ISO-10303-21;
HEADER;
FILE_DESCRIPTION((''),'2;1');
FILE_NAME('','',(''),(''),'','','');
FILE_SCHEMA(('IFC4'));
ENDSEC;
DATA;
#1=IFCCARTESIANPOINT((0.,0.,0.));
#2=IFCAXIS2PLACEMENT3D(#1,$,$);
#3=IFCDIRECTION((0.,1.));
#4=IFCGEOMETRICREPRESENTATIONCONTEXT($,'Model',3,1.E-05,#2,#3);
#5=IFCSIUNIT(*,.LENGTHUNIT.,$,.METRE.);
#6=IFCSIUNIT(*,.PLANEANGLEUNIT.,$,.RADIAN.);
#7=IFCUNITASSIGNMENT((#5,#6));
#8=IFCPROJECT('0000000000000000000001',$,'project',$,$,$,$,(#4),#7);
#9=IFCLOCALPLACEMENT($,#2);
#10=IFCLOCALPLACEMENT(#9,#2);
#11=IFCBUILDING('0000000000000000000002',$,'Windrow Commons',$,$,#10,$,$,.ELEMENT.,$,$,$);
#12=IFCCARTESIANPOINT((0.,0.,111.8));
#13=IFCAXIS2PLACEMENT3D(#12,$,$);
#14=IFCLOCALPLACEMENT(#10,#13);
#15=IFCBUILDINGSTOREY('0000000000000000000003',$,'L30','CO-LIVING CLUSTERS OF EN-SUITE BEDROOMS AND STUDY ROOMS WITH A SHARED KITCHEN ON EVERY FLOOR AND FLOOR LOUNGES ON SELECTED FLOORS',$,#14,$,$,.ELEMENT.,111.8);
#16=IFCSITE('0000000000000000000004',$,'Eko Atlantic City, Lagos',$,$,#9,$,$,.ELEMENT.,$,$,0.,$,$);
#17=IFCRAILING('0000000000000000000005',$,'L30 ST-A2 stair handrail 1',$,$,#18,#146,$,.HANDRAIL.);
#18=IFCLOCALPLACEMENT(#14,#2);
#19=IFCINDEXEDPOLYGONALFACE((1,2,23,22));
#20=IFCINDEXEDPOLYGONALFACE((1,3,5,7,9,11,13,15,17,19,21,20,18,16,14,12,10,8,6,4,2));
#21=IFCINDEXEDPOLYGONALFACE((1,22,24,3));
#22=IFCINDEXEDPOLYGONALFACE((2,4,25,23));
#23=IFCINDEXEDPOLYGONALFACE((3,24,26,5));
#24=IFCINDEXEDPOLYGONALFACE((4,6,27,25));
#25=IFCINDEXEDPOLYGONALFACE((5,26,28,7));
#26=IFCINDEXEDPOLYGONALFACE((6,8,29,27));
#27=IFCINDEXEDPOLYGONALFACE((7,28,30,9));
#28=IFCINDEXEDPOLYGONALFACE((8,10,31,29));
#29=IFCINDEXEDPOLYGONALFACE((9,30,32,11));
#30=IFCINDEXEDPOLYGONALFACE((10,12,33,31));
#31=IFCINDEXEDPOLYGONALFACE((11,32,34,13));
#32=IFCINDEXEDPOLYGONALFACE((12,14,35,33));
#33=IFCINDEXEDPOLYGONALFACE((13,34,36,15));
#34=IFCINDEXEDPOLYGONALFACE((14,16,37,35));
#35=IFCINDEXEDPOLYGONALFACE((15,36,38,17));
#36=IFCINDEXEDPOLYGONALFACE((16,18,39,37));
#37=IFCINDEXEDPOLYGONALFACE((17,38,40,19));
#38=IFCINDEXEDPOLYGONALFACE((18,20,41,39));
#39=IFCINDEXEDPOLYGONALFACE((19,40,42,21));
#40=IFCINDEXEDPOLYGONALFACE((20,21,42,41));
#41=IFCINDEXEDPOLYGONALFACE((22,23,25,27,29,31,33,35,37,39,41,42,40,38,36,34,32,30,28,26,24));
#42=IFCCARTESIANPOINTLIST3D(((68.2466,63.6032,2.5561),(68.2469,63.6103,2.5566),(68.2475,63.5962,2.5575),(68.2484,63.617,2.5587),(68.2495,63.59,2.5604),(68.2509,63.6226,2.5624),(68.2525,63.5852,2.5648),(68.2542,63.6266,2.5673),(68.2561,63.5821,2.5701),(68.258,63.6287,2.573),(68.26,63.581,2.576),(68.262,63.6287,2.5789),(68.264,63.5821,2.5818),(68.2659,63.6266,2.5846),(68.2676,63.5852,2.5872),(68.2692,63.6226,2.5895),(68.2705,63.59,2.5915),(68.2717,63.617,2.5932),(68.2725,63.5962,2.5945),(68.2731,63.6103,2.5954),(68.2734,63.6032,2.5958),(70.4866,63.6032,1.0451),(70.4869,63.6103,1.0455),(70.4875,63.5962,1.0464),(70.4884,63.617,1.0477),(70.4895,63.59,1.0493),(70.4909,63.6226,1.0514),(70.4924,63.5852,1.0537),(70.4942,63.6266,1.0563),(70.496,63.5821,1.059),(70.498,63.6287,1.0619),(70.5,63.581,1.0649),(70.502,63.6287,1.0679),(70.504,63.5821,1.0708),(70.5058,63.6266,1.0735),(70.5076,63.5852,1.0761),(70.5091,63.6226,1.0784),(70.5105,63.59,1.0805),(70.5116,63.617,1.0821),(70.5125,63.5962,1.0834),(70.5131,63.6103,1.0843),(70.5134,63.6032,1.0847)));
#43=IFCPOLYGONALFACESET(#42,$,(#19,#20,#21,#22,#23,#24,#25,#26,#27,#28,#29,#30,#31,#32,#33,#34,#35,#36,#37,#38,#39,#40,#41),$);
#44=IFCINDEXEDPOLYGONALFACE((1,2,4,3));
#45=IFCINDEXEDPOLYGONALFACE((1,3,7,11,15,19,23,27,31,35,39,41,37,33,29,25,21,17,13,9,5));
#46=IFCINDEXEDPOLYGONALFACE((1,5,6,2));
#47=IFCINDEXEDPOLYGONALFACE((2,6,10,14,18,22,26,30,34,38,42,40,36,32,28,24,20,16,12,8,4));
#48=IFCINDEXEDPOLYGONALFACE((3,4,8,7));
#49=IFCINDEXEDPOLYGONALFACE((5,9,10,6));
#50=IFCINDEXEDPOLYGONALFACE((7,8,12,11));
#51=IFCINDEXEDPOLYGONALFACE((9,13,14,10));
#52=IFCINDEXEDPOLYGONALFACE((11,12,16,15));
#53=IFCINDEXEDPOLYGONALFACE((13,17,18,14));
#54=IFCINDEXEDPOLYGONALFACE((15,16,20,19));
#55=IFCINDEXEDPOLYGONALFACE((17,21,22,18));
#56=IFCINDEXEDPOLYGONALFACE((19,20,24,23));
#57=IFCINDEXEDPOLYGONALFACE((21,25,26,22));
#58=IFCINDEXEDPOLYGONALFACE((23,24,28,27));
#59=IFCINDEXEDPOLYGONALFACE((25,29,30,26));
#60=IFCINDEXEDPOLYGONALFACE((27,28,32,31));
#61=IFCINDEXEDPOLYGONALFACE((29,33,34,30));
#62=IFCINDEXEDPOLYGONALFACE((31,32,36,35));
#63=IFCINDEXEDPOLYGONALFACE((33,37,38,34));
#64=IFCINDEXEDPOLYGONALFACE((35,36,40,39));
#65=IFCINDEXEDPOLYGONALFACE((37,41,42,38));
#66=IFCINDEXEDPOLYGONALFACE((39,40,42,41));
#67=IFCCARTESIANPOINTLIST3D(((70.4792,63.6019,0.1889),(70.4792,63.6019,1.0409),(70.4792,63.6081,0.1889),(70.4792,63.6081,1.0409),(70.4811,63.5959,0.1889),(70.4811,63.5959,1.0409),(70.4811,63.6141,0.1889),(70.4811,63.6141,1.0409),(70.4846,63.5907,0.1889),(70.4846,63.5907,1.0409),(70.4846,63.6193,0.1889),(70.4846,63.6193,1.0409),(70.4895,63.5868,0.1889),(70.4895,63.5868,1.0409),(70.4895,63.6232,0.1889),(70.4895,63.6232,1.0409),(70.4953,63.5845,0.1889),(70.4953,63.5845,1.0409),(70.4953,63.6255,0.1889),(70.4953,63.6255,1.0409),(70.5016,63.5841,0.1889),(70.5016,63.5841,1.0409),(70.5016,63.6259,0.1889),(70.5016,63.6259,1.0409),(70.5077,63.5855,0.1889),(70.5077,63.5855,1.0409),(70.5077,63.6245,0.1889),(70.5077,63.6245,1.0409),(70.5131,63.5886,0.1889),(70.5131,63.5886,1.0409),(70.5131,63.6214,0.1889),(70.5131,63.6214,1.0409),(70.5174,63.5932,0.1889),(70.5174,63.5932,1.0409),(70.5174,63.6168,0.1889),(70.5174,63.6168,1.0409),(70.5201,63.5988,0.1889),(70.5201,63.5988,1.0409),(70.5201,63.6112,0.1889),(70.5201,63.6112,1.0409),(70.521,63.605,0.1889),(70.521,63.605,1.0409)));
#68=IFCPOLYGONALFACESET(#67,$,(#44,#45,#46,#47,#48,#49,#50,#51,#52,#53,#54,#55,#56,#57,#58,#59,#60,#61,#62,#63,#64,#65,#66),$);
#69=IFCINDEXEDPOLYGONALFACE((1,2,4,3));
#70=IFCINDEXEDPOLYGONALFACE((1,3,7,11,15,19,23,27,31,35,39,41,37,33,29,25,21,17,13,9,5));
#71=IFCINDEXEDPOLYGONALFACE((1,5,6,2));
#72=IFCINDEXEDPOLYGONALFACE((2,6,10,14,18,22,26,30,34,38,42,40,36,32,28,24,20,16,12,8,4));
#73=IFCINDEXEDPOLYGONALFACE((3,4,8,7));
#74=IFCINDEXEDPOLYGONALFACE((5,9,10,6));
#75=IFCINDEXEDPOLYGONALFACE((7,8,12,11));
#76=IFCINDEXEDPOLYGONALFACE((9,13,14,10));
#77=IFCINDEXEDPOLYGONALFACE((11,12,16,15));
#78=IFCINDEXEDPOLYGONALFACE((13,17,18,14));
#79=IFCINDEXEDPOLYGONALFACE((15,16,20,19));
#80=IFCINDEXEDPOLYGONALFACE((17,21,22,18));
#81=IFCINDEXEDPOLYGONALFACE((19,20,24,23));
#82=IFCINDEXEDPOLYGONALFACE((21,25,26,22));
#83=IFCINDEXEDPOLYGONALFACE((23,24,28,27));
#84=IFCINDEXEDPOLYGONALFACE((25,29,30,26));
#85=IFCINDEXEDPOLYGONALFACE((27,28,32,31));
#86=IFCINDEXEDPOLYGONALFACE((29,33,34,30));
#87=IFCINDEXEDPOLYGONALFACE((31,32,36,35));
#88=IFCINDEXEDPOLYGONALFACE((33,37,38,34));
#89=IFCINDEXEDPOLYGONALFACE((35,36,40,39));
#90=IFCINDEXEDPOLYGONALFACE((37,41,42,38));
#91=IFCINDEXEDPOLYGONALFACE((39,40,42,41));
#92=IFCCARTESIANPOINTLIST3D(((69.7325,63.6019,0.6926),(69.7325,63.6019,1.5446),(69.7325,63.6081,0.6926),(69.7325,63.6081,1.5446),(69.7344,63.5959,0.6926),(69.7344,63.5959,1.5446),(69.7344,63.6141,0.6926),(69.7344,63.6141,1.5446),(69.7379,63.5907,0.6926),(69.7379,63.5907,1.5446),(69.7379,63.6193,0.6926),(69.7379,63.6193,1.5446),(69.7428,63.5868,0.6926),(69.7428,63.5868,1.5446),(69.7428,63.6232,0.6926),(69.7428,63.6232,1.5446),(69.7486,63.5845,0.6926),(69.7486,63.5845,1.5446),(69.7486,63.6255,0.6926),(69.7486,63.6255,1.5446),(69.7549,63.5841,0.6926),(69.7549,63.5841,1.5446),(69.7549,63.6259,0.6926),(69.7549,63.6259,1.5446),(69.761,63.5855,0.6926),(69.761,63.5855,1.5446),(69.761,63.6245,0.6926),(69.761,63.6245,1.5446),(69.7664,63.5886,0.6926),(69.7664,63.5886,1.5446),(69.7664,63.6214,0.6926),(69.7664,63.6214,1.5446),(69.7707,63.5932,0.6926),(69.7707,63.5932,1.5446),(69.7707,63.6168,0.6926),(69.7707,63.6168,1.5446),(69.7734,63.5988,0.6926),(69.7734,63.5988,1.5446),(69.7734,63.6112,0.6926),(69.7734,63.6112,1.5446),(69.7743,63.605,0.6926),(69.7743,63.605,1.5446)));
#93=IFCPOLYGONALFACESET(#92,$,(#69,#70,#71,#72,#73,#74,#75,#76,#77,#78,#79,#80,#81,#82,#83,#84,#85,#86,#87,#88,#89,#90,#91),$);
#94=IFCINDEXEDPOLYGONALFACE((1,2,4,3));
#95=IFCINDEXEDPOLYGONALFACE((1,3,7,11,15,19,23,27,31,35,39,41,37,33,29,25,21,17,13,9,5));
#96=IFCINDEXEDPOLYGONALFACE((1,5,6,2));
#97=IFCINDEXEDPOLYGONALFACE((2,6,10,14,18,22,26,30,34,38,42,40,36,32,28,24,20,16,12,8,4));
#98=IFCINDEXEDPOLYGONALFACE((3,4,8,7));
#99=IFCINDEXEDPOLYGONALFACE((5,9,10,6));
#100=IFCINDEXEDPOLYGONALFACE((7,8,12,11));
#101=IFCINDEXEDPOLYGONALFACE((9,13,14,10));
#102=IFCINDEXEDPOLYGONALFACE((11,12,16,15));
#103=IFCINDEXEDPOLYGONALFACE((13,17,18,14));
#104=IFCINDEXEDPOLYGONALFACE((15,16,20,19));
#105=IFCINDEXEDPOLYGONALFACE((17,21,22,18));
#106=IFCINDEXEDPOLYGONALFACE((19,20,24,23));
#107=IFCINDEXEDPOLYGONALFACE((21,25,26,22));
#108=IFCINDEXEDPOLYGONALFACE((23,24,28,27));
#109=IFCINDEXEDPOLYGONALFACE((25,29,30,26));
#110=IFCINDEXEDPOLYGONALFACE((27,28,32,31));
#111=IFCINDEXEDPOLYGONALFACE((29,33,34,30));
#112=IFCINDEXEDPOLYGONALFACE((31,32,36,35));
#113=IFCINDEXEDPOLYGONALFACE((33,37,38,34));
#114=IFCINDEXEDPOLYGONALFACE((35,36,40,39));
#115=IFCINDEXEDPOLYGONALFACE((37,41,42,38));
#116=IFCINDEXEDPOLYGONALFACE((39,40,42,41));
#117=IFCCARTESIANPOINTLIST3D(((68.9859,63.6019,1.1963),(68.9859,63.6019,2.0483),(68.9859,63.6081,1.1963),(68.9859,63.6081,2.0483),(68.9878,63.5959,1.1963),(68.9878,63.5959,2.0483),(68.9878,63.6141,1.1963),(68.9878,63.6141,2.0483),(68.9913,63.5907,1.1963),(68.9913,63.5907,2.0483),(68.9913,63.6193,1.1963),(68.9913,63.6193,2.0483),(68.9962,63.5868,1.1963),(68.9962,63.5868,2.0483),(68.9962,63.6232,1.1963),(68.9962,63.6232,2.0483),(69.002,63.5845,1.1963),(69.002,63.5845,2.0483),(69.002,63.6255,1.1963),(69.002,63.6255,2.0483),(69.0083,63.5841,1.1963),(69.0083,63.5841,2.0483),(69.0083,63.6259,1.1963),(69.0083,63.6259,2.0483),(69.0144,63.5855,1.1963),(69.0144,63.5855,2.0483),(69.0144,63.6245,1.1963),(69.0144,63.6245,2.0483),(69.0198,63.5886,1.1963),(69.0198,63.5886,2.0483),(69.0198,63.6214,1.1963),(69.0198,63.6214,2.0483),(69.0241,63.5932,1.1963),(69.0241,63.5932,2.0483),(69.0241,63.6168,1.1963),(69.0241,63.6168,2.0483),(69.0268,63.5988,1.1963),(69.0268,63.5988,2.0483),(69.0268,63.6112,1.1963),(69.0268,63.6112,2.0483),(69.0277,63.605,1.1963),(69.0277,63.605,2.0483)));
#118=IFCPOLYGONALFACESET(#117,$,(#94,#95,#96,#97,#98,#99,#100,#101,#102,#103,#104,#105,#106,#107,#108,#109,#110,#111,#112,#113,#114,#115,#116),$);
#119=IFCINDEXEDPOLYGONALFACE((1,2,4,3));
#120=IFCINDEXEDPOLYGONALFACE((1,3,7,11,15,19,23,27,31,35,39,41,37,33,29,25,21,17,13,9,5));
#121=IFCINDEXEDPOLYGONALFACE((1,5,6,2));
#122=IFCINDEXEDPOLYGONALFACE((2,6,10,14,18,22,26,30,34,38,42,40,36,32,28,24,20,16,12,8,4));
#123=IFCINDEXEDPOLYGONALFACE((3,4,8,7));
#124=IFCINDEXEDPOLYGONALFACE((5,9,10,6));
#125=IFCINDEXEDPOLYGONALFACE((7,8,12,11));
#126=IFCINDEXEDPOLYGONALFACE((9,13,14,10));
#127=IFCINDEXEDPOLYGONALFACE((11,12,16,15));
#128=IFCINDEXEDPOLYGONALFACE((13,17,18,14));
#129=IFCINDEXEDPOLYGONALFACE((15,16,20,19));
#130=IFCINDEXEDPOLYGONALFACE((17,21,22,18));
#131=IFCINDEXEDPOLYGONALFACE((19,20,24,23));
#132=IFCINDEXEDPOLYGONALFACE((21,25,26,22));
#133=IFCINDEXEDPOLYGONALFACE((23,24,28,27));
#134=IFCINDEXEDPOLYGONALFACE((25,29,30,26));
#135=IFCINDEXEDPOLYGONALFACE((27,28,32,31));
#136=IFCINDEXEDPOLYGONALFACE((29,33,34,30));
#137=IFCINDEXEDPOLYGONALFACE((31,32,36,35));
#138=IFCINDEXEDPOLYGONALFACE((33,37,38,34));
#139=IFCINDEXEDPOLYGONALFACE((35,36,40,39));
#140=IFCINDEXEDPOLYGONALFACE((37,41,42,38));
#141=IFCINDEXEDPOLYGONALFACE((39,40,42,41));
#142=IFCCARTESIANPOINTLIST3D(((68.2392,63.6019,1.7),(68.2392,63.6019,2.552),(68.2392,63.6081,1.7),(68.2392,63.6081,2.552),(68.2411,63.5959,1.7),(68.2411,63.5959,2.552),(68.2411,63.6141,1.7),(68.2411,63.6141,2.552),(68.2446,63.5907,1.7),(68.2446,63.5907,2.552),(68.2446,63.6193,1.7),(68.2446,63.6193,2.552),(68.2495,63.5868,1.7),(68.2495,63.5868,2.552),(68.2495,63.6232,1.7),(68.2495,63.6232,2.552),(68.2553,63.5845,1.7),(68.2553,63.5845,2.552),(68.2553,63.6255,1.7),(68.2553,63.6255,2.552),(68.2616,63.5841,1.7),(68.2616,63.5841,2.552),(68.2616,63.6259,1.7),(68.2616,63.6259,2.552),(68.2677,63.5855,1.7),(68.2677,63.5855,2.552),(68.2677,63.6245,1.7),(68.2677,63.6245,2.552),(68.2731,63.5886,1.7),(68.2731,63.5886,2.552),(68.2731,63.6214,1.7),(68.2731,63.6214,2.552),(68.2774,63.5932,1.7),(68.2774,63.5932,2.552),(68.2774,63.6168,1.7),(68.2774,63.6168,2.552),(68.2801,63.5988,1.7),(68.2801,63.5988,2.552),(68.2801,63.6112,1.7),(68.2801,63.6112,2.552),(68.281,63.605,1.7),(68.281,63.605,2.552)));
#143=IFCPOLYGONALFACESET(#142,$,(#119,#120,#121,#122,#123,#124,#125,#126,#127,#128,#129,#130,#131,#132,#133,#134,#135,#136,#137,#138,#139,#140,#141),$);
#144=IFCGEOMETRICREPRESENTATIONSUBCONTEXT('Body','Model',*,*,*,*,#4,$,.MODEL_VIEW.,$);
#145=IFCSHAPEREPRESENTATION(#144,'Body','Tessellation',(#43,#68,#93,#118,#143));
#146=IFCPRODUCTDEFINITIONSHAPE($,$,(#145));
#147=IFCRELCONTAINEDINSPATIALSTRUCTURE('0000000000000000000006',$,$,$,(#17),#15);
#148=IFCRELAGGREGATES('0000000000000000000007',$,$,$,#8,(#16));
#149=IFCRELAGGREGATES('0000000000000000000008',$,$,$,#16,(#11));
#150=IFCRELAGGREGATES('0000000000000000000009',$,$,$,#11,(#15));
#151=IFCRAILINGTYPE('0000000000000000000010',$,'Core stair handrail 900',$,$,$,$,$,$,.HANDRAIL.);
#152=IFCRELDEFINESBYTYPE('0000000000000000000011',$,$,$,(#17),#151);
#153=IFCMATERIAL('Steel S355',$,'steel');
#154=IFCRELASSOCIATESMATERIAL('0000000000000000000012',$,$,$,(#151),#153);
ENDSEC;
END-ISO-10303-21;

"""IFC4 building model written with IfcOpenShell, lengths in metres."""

from ifc_helpers import new_model, si_unit, direction, frame, origin, origin_2d, place, context, subcontext, project, spatial, circle, extrude, material, type_object, element, save


model = new_model("IFC4")

# Units and contexts
model_context = context("Model", 3, precision=1e-05, world=origin(), true_north=direction((0.0, 1.0)))
body_context = subcontext(model_context, "Body", "Model", "MODEL_VIEW")
ifc_project = project(units=[si_unit("LENGTHUNIT", "METRE"), si_unit("PLANEANGLEUNIT", "RADIAN")], contexts=[model_context])

# Site, building, storey
site_placement = place(None, origin())
site = spatial("IfcSite", under=ifc_project, at=site_placement, Name="Eko Atlantic City, Lagos", CompositionType="ELEMENT", RefElevation=0.0)
building_placement = place(site_placement, origin())
building = spatial("IfcBuilding", under=site, at=building_placement, Name="Windrow Commons", CompositionType="ELEMENT")
storey_placement = place(building_placement, frame((0.0, 0.0, 111.8)))
storey = spatial("IfcBuildingStorey", under=building, at=storey_placement, Name="L30", Description="CO-LIVING CLUSTERS OF EN-SUITE BEDROOMS AND STUDY ROOMS WITH A SHARED KITCHEN ON EVERY FLOOR AND FLOOR LOUNGES ON SELECTED FLOORS", CompositionType="ELEMENT", Elevation=111.8)

# Railing
ifc_material_1 = material(Name="Steel S355", Category="steel")
railing_type_1 = type_object("IfcRailingType", Name="Core stair handrail 900", PredefinedType="HANDRAIL", material=ifc_material_1)
railing_1_placement = place(storey_placement, frame((70.5, 63.605, 0.1889)))
element("IfcRailing", 1, at=railing_1_placement, inside=storey, type_object=railing_type_1, Name="L30 ST-A2 stair handrail 1", PredefinedType="HANDRAIL", context=body_context, shape_type="SweptSolid", body=[
    extrude(circle(Radius=0.024, at=origin_2d()), frame((0.0, 0.0, 0.876), z_axis=(-0.829003, 0.0, 0.559244), x_axis=(0.0, -1.0, 0.0)), (0.0, 0.0, 1.0), 2.702),
    extrude(circle(Radius=0.021, at=origin_2d()), origin(), (0.0, 0.0, 1.0), 0.852),
    extrude(circle(Radius=0.021, at=origin_2d()), frame((-0.7467, 0.0, 0.5037)), (0.0, 0.0, 1.0), 0.852),
    extrude(circle(Radius=0.021, at=origin_2d()), frame((-1.4933, 0.0, 1.0074)), (0.0, 0.0, 1.0), 0.852),
    extrude(circle(Radius=0.021, at=origin_2d()), frame((-2.24, 0.0, 1.5111)), (0.0, 0.0, 1.0), 0.852),
])

save(model, "model.ifc")
